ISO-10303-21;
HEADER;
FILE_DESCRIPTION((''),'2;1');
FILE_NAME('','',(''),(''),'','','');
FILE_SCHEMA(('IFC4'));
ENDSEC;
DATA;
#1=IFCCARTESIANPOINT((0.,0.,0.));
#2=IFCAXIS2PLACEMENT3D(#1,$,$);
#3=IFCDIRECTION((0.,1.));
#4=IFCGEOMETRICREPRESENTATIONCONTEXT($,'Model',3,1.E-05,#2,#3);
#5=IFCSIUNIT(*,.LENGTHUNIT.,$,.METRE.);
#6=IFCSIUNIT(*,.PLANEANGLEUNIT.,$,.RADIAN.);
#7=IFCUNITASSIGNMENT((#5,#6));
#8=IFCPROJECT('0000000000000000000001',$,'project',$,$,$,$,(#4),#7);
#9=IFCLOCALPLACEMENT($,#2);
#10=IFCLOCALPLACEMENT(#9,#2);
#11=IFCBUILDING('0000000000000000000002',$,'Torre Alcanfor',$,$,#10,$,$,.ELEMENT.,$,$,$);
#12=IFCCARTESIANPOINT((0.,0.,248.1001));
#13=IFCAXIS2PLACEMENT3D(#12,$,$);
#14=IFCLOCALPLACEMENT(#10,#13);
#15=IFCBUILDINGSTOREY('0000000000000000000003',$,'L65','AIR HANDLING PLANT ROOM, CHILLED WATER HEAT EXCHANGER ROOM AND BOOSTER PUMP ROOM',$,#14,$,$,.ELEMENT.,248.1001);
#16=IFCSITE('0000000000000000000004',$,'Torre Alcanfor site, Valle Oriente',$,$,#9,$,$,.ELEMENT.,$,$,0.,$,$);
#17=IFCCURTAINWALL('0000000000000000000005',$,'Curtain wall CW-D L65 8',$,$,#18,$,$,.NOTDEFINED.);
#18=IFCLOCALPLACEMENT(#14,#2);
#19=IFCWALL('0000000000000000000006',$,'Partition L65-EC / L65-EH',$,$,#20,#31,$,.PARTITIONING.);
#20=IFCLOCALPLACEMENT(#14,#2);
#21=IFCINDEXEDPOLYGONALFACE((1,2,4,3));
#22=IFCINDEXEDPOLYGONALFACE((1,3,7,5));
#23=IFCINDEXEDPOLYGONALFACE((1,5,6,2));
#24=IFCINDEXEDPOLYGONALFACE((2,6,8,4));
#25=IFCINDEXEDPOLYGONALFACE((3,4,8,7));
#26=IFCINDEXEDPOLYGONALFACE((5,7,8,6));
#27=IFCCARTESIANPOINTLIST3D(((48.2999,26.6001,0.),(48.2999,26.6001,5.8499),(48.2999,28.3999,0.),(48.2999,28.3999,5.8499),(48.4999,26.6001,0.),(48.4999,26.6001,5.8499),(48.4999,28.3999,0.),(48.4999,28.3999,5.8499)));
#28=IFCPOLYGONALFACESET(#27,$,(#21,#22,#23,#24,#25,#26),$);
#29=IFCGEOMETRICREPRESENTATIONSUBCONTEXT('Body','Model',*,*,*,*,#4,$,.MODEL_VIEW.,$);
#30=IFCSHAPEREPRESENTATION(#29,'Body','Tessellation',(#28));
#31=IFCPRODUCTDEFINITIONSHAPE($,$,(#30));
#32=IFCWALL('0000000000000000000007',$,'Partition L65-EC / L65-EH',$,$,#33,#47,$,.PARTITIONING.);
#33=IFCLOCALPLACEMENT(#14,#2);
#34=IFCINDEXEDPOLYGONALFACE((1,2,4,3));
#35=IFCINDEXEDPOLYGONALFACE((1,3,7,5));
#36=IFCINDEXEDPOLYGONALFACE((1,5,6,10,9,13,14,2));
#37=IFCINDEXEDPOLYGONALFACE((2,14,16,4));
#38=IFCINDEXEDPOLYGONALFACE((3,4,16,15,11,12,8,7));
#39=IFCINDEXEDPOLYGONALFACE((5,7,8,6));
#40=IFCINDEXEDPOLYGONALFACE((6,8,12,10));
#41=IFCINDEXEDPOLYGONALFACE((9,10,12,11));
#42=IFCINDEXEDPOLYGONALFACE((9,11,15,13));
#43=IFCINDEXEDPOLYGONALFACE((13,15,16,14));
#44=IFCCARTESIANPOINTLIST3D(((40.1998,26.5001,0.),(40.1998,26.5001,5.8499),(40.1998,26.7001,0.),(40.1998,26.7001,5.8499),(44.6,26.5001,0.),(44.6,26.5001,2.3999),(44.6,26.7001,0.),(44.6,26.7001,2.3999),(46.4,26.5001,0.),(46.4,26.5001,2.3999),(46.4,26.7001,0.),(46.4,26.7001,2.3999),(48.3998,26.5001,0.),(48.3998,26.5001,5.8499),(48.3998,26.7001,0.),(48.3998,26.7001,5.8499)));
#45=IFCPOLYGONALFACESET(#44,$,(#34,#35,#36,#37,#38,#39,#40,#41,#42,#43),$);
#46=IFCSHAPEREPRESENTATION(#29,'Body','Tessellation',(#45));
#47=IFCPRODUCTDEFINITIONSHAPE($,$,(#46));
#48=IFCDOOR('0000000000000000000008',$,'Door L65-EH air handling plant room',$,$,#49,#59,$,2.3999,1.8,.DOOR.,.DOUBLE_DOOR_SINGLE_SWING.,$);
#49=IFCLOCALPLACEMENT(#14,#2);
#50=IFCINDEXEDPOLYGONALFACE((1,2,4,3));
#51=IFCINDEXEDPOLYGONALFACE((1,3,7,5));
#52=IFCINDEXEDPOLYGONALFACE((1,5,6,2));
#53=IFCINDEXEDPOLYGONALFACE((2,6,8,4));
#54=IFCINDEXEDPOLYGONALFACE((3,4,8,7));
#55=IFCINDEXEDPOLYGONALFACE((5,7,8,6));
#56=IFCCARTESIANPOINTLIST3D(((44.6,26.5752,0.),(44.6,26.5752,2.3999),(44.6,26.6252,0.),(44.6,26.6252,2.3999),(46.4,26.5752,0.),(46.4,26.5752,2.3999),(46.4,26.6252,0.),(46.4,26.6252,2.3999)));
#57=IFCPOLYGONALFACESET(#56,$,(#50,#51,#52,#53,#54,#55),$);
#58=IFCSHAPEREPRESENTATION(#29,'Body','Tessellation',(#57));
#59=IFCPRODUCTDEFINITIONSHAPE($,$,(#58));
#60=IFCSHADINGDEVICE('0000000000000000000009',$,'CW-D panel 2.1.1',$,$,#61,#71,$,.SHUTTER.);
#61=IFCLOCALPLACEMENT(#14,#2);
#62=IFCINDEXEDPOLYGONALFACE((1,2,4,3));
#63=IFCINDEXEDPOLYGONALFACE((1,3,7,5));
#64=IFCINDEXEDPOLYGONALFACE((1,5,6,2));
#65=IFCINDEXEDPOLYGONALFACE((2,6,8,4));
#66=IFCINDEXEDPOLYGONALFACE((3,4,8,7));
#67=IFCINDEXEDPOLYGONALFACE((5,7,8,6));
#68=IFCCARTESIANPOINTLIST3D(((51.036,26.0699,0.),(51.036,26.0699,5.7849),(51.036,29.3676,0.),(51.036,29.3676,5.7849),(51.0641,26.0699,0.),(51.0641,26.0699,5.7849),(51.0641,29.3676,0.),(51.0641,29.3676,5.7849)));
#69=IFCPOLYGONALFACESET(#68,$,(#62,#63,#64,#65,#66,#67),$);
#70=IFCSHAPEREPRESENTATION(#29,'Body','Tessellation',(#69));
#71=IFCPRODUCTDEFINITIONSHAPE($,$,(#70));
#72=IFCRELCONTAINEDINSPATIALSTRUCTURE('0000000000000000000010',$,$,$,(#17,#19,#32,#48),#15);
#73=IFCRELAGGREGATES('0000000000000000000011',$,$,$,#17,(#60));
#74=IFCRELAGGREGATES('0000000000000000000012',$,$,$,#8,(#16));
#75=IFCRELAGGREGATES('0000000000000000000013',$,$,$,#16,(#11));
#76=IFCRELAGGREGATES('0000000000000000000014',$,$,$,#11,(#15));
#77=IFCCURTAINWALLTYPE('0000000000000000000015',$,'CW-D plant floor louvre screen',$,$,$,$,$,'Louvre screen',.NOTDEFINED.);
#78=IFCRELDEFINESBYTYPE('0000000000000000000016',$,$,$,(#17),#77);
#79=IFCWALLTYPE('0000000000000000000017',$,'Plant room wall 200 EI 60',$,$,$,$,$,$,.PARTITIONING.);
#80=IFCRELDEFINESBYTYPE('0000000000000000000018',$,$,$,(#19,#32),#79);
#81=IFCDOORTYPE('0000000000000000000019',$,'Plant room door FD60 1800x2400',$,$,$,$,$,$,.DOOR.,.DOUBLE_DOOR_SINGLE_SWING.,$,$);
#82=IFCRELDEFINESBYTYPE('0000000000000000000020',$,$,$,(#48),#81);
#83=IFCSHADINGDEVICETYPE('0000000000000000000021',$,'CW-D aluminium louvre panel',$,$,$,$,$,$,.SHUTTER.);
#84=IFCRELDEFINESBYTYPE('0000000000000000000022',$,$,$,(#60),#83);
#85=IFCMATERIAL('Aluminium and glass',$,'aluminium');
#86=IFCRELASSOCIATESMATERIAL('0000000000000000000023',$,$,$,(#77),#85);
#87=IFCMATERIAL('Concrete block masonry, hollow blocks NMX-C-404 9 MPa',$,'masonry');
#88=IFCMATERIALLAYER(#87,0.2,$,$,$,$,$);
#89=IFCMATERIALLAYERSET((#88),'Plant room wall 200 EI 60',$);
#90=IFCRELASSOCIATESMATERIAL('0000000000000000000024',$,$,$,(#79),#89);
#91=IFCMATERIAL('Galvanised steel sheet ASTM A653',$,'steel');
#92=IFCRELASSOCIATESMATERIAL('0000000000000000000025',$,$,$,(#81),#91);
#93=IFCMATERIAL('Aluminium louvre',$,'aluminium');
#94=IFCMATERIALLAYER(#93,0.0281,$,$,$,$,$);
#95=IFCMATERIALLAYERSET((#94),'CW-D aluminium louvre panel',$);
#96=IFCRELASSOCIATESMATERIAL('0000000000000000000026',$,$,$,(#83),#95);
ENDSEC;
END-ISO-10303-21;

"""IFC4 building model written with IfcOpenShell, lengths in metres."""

from ifc_helpers import new_model, si_unit, direction, frame, frame_2d, origin, origin_2d, place, context, subcontext, project, spatial, rectangle, extrude, material, layer, layer_set, type_object, element, fill, aggregate, save


model = new_model("IFC4")

# Units and contexts
model_context = context("Model", 3, precision=1e-05, world=origin(), true_north=direction((0.0, 1.0)))
body_context = subcontext(model_context, "Body", "Model", "MODEL_VIEW")
ifc_project = project(units=[si_unit("LENGTHUNIT", "METRE"), si_unit("PLANEANGLEUNIT", "RADIAN")], contexts=[model_context])

# Site, building, storey
site_placement = place(None, origin())
site = spatial("IfcSite", under=ifc_project, at=site_placement, Name="Torre Alcanfor site, Valle Oriente", CompositionType="ELEMENT", RefElevation=0.0)
building_placement = place(site_placement, origin())
building = spatial("IfcBuilding", under=site, at=building_placement, Name="Torre Alcanfor", CompositionType="ELEMENT")
storey_placement = place(building_placement, frame((0.0, 0.0, 248.1001)))
storey = spatial("IfcBuildingStorey", under=building, at=storey_placement, Name="L65", Description="AIR HANDLING PLANT ROOM, CHILLED WATER HEAT EXCHANGER ROOM AND BOOSTER PUMP ROOM", CompositionType="ELEMENT", Elevation=248.1001)

# Curtain wall
ifc_material_1 = material(Name="Aluminium and glass", Category="aluminium")
curtain_wall_type = type_object("IfcCurtainWallType", Name="CW-D plant floor louvre screen", ElementType="Louvre screen", PredefinedType="NOTDEFINED", material=ifc_material_1)
curtain_wall_placement = place(storey_placement, origin())
curtain_wall = element("IfcCurtainWall", 1, at=curtain_wall_placement, inside=storey, type_object=curtain_wall_type, Name="Curtain wall CW-D L65 8", PredefinedType="NOTDEFINED")

# Shared definitions
ifc_material_2 = material(Name="Concrete block masonry, hollow blocks NMX-C-404 9 MPa", Category="masonry")
ifc_layer_1 = layer(ifc_material_2, 0.2)
ifc_layer_set_1 = layer_set([ifc_layer_1], Name="Plant room wall 200 EI 60")
wall_type = type_object("IfcWallType", Name="Plant room wall 200 EI 60", PredefinedType="PARTITIONING", material=ifc_layer_set_1)

# Shared definitions
ifc_material_3 = material(Name="Galvanised steel sheet ASTM A653", Category="steel")
door_type = type_object("IfcDoorType", Name="Plant room door FD60 1800x2400", OperationType="DOUBLE_DOOR_SINGLE_SWING", PredefinedType="DOOR", material=ifc_material_3)

# Wall
wall_1_placement = place(storey_placement, frame((48.3999, 28.3999, 0.0), z_axis=(0.0, 0.0, 1.0), x_axis=(0.0, -1.0, 0.0)))
element("IfcWall", 2, at=wall_1_placement, inside=storey, type_object=wall_type, Name="Partition L65-EC / L65-EH", PredefinedType="PARTITIONING", context=body_context, shape_type="SweptSolid", body=[
    extrude(rectangle(XDim=1.7998, YDim=0.2, at=frame_2d((0.8999, 0.0))), origin(), (0.0, 0.0, 1.0), 5.8499),
])

# Wall, opening, door
wall_2_placement = place(storey_placement, frame((48.3999, 26.6001, 0.0), z_axis=(0.0, 0.0, 1.0), x_axis=(-1.0, 0.0, 0.0)))
wall_2 = element("IfcWall", 3, at=wall_2_placement, inside=storey, type_object=wall_type, Name="Partition L65-EC / L65-EH", PredefinedType="PARTITIONING", context=body_context, shape_type="SweptSolid", body=[
    extrude(rectangle(XDim=8.2, YDim=0.2, at=frame_2d((4.1001, 0.0))), origin(), (0.0, 0.0, 1.0), 5.8499),
])
opening_1_placement = place(wall_2_placement, frame((2.0, 0.0, 0.0)))
opening_1 = element("IfcOpeningElement", 4, at=opening_1_placement, cuts=wall_2, PredefinedType="OPENING", context=body_context, shape_type="SweptSolid", body=[
    extrude(rectangle(XDim=1.8, YDim=2.3999, at=frame_2d((0.8999, 1.2))), frame((0.0, 0.1099, 0.0), z_axis=(0.0, -1.0, 0.0), x_axis=(1.0, 0.0, 0.0)), (0.0, 0.0, 1.0), 0.22),
])
door_1_placement = place(opening_1_placement, origin())
door_1 = element("IfcDoor", 5, at=door_1_placement, inside=storey, type_object=door_type, Name="Door L65-EH air handling plant room", OperationType="DOUBLE_DOOR_SINGLE_SWING", OverallHeight=2.3999, OverallWidth=1.8, PredefinedType="DOOR", context=body_context, shape_type="SweptSolid", body=[
    extrude(rectangle(XDim=1.8, YDim=2.3999, at=frame_2d((0.8999, 1.2))), frame((0.0, 0.0249, 0.0), z_axis=(0.0, -1.0, 0.0), x_axis=(1.0, 0.0, 0.0)), (0.0, 0.0, 1.0), 0.05),
])
fill(opening_1, door_1)

# Shading device
ifc_material_4 = material(Name="Aluminium louvre", Category="aluminium")
ifc_layer_2 = layer(ifc_material_4, 0.0281)
ifc_layer_set_2 = layer_set([ifc_layer_2], Name="CW-D aluminium louvre panel")
shading_device_type = type_object("IfcShadingDeviceType", Name="CW-D aluminium louvre panel", PredefinedType="SHUTTER", material=ifc_layer_set_2)
shading_device_placement = place(storey_placement, frame((51.05, 27.7188, 0.0), z_axis=(0.0, 0.0, 1.0), x_axis=(0.0, 1.0, 0.0)))
shading_device = element("IfcShadingDevice", 6, at=shading_device_placement, type_object=shading_device_type, Name="CW-D panel 2.1.1", PredefinedType="SHUTTER", context=body_context, shape_type="SweptSolid", body=[
    extrude(rectangle(XDim=3.2976, YDim=0.0281, at=origin_2d()), origin(), (0.0, 0.0, 1.0), 5.7849),
])
aggregate(curtain_wall, [shading_device])

save(model, "model.ifc")
